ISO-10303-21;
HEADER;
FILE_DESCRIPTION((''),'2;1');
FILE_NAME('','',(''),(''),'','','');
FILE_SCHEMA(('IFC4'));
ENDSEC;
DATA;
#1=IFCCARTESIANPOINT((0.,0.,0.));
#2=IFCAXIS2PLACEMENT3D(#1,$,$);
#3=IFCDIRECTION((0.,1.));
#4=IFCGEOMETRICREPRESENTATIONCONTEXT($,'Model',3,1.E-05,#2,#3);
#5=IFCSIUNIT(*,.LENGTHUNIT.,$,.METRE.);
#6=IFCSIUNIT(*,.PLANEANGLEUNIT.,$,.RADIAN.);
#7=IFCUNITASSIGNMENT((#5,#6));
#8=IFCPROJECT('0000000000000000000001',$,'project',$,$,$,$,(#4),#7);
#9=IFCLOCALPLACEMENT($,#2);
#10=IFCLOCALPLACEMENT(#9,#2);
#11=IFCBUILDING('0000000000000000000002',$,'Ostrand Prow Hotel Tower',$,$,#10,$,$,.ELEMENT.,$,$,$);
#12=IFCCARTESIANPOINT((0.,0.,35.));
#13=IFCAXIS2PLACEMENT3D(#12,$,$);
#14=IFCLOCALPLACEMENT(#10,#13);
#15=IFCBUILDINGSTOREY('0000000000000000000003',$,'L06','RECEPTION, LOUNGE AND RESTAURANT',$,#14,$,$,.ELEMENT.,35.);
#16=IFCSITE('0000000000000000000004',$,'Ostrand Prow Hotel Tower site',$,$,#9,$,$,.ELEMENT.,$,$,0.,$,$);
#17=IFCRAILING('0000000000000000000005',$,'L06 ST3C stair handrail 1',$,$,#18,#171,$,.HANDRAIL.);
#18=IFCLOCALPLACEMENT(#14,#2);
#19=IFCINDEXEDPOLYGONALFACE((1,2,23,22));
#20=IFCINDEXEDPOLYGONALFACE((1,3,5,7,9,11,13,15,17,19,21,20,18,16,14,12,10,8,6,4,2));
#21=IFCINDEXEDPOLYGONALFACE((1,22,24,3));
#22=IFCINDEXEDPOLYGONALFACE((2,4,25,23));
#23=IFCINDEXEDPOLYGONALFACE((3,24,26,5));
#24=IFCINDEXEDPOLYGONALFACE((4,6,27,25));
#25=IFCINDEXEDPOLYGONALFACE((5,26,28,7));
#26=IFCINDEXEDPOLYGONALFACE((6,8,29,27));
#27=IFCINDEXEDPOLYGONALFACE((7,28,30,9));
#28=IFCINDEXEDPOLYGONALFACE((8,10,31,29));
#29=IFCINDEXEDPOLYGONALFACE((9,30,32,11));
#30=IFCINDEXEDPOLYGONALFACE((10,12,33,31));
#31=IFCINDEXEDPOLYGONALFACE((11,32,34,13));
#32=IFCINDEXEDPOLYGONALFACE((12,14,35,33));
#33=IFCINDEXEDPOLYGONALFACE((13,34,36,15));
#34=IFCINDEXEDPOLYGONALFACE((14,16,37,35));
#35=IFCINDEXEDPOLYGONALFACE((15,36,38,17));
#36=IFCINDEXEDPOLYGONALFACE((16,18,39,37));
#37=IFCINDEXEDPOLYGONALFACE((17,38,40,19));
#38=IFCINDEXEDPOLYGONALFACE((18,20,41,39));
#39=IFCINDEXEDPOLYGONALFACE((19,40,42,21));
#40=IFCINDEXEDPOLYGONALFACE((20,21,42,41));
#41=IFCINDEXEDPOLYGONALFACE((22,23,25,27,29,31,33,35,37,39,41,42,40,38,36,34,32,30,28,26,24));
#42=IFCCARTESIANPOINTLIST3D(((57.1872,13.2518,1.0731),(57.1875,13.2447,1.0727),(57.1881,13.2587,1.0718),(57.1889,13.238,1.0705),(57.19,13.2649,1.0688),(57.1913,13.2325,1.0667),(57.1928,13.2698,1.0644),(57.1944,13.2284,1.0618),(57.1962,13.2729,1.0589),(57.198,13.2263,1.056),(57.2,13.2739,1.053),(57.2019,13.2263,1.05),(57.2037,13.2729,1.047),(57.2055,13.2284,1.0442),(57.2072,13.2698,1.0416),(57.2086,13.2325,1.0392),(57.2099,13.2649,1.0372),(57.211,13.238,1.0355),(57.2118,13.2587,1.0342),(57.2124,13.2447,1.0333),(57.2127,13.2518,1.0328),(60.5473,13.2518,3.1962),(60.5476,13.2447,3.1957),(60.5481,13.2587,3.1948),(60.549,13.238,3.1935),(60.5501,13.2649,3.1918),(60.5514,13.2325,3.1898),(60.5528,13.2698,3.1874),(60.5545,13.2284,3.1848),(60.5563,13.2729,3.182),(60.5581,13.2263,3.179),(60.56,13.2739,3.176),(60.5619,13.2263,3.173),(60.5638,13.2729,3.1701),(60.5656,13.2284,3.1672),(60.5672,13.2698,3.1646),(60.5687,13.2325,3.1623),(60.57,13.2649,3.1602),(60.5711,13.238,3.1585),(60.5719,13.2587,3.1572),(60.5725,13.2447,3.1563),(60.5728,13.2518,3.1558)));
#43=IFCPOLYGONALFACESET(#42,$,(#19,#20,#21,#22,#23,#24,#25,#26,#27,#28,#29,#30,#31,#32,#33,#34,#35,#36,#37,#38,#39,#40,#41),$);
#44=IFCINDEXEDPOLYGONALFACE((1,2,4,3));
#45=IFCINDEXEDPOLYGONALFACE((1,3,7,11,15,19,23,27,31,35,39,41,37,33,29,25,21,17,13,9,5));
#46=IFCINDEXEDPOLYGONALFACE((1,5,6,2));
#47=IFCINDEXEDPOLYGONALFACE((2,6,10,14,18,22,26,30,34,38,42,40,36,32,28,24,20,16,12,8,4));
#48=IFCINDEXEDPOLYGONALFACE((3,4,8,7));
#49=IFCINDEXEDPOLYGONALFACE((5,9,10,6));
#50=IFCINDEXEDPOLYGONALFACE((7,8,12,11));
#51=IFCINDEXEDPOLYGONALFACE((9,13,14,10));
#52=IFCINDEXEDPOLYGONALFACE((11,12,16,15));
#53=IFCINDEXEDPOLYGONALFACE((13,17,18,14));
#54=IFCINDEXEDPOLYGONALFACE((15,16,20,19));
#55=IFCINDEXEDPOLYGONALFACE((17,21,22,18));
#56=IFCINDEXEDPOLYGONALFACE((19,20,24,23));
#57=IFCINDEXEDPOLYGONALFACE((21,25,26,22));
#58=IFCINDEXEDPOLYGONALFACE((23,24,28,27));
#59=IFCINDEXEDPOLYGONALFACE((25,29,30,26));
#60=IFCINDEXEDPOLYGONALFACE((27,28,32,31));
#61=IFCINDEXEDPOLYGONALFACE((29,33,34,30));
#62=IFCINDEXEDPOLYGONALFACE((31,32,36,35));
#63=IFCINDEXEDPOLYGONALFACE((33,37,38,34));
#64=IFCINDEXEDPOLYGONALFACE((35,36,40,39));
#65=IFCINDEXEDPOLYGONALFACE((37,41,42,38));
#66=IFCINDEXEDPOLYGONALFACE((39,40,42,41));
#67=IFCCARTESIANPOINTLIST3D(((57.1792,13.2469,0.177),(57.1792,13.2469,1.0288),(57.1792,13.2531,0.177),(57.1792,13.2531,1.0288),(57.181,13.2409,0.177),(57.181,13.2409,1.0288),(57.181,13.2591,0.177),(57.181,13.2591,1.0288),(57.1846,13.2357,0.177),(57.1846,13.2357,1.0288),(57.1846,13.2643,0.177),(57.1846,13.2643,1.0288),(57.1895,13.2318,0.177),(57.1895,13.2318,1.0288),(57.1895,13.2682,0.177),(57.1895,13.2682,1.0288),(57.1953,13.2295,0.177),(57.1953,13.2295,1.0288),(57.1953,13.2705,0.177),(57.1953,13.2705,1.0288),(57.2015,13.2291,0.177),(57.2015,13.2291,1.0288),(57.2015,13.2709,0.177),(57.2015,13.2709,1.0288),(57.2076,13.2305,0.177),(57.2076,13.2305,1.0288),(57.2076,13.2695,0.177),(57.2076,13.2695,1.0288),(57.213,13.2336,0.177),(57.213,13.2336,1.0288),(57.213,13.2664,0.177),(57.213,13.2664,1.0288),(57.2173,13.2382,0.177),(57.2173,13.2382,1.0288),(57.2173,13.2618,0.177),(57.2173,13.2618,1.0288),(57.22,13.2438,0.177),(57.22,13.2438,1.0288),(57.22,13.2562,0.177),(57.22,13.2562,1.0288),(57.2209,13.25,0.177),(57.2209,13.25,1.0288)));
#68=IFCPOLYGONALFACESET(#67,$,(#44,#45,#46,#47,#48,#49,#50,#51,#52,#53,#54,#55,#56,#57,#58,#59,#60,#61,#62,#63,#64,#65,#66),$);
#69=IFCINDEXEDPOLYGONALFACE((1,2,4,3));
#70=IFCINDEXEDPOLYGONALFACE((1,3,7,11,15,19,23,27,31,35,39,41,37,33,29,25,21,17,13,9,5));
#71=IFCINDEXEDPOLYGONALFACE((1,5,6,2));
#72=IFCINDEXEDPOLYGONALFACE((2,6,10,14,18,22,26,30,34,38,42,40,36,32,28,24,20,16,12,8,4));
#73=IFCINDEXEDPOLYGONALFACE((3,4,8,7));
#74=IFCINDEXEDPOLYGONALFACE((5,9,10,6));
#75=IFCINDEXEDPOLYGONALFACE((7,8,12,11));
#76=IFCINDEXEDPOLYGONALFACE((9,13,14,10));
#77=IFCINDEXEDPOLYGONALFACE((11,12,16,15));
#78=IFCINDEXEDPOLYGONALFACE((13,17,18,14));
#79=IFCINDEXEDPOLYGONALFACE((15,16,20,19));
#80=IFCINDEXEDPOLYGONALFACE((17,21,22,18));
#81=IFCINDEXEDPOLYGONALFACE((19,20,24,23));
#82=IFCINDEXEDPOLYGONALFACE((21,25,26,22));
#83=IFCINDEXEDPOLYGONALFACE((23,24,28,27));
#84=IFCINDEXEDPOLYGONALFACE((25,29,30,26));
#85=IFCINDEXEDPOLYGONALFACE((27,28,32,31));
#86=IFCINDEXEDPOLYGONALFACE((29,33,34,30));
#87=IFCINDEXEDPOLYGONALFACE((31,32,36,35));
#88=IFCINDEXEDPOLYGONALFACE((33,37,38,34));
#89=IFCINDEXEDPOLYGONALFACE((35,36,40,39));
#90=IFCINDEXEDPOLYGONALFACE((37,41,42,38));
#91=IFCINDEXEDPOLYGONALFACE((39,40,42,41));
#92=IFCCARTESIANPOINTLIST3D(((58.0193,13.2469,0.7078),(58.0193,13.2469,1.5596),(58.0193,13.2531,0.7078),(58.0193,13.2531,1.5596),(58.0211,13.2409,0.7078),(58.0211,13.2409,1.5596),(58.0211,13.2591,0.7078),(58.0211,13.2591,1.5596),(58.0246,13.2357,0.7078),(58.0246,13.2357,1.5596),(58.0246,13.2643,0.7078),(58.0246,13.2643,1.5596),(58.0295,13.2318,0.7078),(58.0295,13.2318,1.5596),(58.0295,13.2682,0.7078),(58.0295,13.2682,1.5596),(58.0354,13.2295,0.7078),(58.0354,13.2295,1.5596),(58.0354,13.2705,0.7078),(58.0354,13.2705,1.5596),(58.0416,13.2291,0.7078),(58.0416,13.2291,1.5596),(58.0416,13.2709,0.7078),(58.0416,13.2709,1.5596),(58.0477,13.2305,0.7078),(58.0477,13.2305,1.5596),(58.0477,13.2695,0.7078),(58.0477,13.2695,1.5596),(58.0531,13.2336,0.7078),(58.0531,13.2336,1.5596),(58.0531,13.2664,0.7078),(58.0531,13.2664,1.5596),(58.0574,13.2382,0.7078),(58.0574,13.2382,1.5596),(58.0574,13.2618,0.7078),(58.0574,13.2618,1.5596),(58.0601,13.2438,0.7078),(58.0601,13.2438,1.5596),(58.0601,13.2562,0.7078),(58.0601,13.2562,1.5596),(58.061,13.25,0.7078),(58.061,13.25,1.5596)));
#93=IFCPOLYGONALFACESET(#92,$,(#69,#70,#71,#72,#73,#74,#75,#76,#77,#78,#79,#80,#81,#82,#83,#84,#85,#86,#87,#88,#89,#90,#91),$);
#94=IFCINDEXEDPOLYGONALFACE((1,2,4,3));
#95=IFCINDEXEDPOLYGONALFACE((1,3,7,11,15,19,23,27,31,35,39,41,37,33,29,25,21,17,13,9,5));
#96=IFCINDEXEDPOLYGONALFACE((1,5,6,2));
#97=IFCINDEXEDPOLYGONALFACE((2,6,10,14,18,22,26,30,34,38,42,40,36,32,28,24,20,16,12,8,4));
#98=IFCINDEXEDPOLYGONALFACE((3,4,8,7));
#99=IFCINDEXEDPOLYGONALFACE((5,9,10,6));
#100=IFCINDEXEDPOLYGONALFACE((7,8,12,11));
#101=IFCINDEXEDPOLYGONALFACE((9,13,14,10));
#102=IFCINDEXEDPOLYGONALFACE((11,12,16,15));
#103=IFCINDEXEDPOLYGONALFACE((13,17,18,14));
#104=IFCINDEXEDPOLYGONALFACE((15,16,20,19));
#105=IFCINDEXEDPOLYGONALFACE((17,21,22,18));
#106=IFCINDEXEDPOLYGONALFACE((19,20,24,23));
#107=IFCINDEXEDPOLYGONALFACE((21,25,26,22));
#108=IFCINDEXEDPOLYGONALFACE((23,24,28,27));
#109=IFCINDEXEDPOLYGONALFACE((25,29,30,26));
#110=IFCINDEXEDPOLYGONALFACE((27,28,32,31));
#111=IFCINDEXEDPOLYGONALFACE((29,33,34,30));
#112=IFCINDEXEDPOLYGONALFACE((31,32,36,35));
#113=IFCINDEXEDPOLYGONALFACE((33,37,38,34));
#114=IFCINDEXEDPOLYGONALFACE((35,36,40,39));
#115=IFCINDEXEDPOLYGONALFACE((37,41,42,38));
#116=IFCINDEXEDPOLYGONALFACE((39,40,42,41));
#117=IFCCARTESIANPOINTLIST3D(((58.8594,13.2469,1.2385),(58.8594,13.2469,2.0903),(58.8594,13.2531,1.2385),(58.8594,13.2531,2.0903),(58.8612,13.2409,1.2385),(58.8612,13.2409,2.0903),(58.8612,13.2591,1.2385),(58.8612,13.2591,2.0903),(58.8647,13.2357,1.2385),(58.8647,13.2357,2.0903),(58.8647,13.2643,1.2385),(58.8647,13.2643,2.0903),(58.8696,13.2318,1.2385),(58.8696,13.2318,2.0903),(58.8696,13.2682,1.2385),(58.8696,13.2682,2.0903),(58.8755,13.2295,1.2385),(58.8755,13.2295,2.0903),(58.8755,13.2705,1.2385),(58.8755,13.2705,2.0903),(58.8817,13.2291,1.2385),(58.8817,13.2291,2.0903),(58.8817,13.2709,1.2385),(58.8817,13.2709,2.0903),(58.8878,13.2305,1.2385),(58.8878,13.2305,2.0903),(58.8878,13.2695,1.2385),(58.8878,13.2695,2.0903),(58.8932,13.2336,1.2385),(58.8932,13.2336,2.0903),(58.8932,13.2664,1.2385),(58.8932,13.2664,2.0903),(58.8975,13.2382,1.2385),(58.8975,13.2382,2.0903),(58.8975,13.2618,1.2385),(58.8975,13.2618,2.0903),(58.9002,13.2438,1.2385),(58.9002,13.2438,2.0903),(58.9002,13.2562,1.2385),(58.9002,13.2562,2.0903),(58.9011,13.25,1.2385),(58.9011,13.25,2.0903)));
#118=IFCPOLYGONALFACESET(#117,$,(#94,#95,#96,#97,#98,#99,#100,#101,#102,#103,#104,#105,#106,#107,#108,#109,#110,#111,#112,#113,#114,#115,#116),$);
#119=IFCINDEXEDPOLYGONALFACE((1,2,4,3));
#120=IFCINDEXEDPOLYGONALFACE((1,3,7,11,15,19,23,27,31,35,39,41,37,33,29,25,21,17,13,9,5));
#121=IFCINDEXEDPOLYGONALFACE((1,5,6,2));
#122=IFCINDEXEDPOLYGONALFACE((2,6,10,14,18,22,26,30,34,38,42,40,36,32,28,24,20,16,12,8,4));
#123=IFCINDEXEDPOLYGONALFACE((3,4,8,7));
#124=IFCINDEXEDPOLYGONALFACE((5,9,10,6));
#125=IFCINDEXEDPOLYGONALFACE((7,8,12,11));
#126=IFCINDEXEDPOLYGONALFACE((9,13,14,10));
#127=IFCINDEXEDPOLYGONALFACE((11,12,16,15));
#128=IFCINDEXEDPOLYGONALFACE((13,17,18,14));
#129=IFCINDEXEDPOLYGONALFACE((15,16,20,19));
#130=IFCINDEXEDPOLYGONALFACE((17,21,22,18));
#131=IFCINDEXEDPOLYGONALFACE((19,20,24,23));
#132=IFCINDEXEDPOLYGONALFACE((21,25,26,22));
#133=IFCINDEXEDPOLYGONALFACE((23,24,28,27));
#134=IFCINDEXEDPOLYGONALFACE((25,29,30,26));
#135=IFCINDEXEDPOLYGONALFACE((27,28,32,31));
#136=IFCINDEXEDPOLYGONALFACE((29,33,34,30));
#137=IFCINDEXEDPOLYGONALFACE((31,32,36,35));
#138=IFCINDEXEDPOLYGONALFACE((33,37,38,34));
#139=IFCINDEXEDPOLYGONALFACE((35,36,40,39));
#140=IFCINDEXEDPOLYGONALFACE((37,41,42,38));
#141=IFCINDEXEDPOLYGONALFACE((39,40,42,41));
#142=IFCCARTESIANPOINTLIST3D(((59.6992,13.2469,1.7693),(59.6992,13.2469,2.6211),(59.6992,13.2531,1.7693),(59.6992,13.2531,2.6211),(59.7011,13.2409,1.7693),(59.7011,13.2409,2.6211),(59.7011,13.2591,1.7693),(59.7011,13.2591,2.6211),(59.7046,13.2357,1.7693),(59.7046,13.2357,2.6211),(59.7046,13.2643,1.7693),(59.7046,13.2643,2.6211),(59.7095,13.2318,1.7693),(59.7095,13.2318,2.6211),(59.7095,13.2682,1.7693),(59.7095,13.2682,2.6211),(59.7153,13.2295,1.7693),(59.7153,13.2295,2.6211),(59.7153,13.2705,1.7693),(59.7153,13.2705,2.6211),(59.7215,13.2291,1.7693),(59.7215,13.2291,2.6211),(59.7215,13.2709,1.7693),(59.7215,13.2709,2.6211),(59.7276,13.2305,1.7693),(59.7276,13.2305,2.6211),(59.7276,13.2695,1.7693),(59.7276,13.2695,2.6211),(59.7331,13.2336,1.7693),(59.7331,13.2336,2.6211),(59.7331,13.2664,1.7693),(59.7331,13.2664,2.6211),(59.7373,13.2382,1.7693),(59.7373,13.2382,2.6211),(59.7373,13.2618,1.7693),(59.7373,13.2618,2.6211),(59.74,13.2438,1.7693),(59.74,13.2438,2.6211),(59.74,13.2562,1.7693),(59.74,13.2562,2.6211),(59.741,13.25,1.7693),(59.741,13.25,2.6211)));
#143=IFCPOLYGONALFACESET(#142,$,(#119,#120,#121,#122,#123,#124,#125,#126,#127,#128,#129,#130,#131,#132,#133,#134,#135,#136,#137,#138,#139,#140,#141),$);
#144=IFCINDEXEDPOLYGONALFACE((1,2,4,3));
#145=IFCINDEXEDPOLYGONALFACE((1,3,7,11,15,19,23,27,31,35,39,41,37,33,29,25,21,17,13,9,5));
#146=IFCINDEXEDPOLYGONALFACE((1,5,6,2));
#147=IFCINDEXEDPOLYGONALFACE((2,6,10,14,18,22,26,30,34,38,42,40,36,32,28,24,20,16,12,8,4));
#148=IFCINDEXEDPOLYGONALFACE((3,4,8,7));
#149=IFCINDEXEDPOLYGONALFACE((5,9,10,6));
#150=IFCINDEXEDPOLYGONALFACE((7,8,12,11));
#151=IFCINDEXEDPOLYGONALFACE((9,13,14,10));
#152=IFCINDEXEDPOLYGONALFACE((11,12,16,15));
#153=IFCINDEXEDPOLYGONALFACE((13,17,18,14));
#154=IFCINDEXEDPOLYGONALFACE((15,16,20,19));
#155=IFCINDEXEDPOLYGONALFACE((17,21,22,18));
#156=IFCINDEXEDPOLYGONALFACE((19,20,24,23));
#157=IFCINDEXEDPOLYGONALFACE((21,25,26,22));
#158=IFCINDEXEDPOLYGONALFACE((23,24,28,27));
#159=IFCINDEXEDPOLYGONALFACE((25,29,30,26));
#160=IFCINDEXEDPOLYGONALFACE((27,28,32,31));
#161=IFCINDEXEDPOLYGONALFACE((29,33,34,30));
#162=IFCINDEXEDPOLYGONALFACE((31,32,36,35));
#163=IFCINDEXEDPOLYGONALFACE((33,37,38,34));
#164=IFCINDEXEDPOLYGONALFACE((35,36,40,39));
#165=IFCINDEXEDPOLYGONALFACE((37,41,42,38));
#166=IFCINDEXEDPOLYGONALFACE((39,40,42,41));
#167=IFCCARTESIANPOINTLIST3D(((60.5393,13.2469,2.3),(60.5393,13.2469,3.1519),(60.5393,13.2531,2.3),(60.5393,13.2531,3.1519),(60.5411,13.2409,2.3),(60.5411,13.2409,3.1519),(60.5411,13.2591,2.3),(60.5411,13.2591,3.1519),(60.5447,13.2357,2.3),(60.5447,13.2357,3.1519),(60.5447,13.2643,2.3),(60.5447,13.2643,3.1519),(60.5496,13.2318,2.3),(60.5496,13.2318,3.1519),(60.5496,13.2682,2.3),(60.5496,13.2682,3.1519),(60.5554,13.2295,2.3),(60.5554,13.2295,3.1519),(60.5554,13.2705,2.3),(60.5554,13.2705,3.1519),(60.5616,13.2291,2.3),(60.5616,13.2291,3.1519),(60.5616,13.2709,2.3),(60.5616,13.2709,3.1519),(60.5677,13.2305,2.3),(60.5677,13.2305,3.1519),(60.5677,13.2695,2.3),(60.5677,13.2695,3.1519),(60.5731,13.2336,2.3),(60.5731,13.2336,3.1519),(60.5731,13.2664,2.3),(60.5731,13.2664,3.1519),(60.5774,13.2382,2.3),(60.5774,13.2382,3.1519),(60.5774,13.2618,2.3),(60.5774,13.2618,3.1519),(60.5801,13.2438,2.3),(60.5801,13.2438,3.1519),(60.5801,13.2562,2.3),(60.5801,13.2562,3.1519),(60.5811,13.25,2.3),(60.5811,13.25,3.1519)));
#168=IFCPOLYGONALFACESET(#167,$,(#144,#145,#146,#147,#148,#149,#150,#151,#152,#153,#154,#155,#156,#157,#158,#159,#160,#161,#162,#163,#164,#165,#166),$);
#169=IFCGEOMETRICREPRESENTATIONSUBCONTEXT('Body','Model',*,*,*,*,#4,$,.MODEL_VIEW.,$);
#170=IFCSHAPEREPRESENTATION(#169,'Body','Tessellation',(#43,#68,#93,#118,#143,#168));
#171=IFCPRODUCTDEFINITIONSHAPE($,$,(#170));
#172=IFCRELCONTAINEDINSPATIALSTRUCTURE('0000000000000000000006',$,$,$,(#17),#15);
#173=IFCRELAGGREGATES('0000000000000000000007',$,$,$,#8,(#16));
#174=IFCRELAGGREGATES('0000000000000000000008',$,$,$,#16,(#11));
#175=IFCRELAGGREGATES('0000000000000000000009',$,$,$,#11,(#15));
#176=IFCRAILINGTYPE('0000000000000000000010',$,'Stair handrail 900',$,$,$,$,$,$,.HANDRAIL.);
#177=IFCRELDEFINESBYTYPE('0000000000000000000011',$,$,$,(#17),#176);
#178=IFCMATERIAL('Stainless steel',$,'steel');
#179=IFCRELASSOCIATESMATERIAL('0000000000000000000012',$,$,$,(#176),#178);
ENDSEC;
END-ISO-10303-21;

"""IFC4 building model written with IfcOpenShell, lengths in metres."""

from ifc_helpers import new_model, si_unit, direction, frame, origin, origin_2d, place, context, subcontext, project, spatial, circle, extrude, material, type_object, element, save


model = new_model("IFC4")

# Units and contexts
model_context = context("Model", 3, precision=1e-05, world=origin(), true_north=direction((0.0, 1.0)))
body_context = subcontext(model_context, "Body", "Model", "MODEL_VIEW")
ifc_project = project(units=[si_unit("LENGTHUNIT", "METRE"), si_unit("PLANEANGLEUNIT", "RADIAN")], contexts=[model_context])

# Site, building, storey
site_placement = place(None, origin())
site = spatial("IfcSite", under=ifc_project, at=site_placement, Name="Ostrand Prow Hotel Tower site", CompositionType="ELEMENT", RefElevation=0.0)
building_placement = place(site_placement, origin())
building = spatial("IfcBuilding", under=site, at=building_placement, Name="Ostrand Prow Hotel Tower", CompositionType="ELEMENT")
storey_placement = place(building_placement, frame((0.0, 0.0, 35.0)))
storey = spatial("IfcBuildingStorey", under=building, at=storey_placement, Name="L06", Description="RECEPTION, LOUNGE AND RESTAURANT", CompositionType="ELEMENT", Elevation=35.0)

# Railing
ifc_material_1 = material(Name="Stainless steel", Category="steel")
railing_type_1 = type_object("IfcRailingType", Name="Stair handrail 900", PredefinedType="HANDRAIL", material=ifc_material_1)
railing_1_placement = place(storey_placement, frame((57.2, 13.25, 0.177)))
element("IfcRailing", 1, at=railing_1_placement, inside=storey, type_object=railing_type_1, Name="L06 ST3C stair handrail 1", PredefinedType="HANDRAIL", context=body_context, shape_type="SweptSolid", body=[
    extrude(circle(Radius=0.0239, at=origin_2d()), frame((0.0, 0.0, 0.876), z_axis=(0.84539, 0.0, 0.53415), x_axis=(0.0, 1.0, 0.0)), (0.0, 0.0, 1.0), 3.9746),
    extrude(circle(Radius=0.021, at=origin_2d()), origin(), (0.0, 0.0, 1.0), 0.8518),
    extrude(circle(Radius=0.021, at=origin_2d()), frame((0.8401, 0.0, 0.5308)), (0.0, 0.0, 1.0), 0.8518),
    extrude(circle(Radius=0.021, at=origin_2d()), frame((1.6802, 0.0, 1.0615)), (0.0, 0.0, 1.0), 0.8518),
    extrude(circle(Radius=0.021, at=origin_2d()), frame((2.52, 0.0, 1.5923)), (0.0, 0.0, 1.0), 0.8518),
    extrude(circle(Radius=0.021, at=origin_2d()), frame((3.3601, 0.0, 2.123)), (0.0, 0.0, 1.0), 0.8518),
])

save(model, "model.ifc")
